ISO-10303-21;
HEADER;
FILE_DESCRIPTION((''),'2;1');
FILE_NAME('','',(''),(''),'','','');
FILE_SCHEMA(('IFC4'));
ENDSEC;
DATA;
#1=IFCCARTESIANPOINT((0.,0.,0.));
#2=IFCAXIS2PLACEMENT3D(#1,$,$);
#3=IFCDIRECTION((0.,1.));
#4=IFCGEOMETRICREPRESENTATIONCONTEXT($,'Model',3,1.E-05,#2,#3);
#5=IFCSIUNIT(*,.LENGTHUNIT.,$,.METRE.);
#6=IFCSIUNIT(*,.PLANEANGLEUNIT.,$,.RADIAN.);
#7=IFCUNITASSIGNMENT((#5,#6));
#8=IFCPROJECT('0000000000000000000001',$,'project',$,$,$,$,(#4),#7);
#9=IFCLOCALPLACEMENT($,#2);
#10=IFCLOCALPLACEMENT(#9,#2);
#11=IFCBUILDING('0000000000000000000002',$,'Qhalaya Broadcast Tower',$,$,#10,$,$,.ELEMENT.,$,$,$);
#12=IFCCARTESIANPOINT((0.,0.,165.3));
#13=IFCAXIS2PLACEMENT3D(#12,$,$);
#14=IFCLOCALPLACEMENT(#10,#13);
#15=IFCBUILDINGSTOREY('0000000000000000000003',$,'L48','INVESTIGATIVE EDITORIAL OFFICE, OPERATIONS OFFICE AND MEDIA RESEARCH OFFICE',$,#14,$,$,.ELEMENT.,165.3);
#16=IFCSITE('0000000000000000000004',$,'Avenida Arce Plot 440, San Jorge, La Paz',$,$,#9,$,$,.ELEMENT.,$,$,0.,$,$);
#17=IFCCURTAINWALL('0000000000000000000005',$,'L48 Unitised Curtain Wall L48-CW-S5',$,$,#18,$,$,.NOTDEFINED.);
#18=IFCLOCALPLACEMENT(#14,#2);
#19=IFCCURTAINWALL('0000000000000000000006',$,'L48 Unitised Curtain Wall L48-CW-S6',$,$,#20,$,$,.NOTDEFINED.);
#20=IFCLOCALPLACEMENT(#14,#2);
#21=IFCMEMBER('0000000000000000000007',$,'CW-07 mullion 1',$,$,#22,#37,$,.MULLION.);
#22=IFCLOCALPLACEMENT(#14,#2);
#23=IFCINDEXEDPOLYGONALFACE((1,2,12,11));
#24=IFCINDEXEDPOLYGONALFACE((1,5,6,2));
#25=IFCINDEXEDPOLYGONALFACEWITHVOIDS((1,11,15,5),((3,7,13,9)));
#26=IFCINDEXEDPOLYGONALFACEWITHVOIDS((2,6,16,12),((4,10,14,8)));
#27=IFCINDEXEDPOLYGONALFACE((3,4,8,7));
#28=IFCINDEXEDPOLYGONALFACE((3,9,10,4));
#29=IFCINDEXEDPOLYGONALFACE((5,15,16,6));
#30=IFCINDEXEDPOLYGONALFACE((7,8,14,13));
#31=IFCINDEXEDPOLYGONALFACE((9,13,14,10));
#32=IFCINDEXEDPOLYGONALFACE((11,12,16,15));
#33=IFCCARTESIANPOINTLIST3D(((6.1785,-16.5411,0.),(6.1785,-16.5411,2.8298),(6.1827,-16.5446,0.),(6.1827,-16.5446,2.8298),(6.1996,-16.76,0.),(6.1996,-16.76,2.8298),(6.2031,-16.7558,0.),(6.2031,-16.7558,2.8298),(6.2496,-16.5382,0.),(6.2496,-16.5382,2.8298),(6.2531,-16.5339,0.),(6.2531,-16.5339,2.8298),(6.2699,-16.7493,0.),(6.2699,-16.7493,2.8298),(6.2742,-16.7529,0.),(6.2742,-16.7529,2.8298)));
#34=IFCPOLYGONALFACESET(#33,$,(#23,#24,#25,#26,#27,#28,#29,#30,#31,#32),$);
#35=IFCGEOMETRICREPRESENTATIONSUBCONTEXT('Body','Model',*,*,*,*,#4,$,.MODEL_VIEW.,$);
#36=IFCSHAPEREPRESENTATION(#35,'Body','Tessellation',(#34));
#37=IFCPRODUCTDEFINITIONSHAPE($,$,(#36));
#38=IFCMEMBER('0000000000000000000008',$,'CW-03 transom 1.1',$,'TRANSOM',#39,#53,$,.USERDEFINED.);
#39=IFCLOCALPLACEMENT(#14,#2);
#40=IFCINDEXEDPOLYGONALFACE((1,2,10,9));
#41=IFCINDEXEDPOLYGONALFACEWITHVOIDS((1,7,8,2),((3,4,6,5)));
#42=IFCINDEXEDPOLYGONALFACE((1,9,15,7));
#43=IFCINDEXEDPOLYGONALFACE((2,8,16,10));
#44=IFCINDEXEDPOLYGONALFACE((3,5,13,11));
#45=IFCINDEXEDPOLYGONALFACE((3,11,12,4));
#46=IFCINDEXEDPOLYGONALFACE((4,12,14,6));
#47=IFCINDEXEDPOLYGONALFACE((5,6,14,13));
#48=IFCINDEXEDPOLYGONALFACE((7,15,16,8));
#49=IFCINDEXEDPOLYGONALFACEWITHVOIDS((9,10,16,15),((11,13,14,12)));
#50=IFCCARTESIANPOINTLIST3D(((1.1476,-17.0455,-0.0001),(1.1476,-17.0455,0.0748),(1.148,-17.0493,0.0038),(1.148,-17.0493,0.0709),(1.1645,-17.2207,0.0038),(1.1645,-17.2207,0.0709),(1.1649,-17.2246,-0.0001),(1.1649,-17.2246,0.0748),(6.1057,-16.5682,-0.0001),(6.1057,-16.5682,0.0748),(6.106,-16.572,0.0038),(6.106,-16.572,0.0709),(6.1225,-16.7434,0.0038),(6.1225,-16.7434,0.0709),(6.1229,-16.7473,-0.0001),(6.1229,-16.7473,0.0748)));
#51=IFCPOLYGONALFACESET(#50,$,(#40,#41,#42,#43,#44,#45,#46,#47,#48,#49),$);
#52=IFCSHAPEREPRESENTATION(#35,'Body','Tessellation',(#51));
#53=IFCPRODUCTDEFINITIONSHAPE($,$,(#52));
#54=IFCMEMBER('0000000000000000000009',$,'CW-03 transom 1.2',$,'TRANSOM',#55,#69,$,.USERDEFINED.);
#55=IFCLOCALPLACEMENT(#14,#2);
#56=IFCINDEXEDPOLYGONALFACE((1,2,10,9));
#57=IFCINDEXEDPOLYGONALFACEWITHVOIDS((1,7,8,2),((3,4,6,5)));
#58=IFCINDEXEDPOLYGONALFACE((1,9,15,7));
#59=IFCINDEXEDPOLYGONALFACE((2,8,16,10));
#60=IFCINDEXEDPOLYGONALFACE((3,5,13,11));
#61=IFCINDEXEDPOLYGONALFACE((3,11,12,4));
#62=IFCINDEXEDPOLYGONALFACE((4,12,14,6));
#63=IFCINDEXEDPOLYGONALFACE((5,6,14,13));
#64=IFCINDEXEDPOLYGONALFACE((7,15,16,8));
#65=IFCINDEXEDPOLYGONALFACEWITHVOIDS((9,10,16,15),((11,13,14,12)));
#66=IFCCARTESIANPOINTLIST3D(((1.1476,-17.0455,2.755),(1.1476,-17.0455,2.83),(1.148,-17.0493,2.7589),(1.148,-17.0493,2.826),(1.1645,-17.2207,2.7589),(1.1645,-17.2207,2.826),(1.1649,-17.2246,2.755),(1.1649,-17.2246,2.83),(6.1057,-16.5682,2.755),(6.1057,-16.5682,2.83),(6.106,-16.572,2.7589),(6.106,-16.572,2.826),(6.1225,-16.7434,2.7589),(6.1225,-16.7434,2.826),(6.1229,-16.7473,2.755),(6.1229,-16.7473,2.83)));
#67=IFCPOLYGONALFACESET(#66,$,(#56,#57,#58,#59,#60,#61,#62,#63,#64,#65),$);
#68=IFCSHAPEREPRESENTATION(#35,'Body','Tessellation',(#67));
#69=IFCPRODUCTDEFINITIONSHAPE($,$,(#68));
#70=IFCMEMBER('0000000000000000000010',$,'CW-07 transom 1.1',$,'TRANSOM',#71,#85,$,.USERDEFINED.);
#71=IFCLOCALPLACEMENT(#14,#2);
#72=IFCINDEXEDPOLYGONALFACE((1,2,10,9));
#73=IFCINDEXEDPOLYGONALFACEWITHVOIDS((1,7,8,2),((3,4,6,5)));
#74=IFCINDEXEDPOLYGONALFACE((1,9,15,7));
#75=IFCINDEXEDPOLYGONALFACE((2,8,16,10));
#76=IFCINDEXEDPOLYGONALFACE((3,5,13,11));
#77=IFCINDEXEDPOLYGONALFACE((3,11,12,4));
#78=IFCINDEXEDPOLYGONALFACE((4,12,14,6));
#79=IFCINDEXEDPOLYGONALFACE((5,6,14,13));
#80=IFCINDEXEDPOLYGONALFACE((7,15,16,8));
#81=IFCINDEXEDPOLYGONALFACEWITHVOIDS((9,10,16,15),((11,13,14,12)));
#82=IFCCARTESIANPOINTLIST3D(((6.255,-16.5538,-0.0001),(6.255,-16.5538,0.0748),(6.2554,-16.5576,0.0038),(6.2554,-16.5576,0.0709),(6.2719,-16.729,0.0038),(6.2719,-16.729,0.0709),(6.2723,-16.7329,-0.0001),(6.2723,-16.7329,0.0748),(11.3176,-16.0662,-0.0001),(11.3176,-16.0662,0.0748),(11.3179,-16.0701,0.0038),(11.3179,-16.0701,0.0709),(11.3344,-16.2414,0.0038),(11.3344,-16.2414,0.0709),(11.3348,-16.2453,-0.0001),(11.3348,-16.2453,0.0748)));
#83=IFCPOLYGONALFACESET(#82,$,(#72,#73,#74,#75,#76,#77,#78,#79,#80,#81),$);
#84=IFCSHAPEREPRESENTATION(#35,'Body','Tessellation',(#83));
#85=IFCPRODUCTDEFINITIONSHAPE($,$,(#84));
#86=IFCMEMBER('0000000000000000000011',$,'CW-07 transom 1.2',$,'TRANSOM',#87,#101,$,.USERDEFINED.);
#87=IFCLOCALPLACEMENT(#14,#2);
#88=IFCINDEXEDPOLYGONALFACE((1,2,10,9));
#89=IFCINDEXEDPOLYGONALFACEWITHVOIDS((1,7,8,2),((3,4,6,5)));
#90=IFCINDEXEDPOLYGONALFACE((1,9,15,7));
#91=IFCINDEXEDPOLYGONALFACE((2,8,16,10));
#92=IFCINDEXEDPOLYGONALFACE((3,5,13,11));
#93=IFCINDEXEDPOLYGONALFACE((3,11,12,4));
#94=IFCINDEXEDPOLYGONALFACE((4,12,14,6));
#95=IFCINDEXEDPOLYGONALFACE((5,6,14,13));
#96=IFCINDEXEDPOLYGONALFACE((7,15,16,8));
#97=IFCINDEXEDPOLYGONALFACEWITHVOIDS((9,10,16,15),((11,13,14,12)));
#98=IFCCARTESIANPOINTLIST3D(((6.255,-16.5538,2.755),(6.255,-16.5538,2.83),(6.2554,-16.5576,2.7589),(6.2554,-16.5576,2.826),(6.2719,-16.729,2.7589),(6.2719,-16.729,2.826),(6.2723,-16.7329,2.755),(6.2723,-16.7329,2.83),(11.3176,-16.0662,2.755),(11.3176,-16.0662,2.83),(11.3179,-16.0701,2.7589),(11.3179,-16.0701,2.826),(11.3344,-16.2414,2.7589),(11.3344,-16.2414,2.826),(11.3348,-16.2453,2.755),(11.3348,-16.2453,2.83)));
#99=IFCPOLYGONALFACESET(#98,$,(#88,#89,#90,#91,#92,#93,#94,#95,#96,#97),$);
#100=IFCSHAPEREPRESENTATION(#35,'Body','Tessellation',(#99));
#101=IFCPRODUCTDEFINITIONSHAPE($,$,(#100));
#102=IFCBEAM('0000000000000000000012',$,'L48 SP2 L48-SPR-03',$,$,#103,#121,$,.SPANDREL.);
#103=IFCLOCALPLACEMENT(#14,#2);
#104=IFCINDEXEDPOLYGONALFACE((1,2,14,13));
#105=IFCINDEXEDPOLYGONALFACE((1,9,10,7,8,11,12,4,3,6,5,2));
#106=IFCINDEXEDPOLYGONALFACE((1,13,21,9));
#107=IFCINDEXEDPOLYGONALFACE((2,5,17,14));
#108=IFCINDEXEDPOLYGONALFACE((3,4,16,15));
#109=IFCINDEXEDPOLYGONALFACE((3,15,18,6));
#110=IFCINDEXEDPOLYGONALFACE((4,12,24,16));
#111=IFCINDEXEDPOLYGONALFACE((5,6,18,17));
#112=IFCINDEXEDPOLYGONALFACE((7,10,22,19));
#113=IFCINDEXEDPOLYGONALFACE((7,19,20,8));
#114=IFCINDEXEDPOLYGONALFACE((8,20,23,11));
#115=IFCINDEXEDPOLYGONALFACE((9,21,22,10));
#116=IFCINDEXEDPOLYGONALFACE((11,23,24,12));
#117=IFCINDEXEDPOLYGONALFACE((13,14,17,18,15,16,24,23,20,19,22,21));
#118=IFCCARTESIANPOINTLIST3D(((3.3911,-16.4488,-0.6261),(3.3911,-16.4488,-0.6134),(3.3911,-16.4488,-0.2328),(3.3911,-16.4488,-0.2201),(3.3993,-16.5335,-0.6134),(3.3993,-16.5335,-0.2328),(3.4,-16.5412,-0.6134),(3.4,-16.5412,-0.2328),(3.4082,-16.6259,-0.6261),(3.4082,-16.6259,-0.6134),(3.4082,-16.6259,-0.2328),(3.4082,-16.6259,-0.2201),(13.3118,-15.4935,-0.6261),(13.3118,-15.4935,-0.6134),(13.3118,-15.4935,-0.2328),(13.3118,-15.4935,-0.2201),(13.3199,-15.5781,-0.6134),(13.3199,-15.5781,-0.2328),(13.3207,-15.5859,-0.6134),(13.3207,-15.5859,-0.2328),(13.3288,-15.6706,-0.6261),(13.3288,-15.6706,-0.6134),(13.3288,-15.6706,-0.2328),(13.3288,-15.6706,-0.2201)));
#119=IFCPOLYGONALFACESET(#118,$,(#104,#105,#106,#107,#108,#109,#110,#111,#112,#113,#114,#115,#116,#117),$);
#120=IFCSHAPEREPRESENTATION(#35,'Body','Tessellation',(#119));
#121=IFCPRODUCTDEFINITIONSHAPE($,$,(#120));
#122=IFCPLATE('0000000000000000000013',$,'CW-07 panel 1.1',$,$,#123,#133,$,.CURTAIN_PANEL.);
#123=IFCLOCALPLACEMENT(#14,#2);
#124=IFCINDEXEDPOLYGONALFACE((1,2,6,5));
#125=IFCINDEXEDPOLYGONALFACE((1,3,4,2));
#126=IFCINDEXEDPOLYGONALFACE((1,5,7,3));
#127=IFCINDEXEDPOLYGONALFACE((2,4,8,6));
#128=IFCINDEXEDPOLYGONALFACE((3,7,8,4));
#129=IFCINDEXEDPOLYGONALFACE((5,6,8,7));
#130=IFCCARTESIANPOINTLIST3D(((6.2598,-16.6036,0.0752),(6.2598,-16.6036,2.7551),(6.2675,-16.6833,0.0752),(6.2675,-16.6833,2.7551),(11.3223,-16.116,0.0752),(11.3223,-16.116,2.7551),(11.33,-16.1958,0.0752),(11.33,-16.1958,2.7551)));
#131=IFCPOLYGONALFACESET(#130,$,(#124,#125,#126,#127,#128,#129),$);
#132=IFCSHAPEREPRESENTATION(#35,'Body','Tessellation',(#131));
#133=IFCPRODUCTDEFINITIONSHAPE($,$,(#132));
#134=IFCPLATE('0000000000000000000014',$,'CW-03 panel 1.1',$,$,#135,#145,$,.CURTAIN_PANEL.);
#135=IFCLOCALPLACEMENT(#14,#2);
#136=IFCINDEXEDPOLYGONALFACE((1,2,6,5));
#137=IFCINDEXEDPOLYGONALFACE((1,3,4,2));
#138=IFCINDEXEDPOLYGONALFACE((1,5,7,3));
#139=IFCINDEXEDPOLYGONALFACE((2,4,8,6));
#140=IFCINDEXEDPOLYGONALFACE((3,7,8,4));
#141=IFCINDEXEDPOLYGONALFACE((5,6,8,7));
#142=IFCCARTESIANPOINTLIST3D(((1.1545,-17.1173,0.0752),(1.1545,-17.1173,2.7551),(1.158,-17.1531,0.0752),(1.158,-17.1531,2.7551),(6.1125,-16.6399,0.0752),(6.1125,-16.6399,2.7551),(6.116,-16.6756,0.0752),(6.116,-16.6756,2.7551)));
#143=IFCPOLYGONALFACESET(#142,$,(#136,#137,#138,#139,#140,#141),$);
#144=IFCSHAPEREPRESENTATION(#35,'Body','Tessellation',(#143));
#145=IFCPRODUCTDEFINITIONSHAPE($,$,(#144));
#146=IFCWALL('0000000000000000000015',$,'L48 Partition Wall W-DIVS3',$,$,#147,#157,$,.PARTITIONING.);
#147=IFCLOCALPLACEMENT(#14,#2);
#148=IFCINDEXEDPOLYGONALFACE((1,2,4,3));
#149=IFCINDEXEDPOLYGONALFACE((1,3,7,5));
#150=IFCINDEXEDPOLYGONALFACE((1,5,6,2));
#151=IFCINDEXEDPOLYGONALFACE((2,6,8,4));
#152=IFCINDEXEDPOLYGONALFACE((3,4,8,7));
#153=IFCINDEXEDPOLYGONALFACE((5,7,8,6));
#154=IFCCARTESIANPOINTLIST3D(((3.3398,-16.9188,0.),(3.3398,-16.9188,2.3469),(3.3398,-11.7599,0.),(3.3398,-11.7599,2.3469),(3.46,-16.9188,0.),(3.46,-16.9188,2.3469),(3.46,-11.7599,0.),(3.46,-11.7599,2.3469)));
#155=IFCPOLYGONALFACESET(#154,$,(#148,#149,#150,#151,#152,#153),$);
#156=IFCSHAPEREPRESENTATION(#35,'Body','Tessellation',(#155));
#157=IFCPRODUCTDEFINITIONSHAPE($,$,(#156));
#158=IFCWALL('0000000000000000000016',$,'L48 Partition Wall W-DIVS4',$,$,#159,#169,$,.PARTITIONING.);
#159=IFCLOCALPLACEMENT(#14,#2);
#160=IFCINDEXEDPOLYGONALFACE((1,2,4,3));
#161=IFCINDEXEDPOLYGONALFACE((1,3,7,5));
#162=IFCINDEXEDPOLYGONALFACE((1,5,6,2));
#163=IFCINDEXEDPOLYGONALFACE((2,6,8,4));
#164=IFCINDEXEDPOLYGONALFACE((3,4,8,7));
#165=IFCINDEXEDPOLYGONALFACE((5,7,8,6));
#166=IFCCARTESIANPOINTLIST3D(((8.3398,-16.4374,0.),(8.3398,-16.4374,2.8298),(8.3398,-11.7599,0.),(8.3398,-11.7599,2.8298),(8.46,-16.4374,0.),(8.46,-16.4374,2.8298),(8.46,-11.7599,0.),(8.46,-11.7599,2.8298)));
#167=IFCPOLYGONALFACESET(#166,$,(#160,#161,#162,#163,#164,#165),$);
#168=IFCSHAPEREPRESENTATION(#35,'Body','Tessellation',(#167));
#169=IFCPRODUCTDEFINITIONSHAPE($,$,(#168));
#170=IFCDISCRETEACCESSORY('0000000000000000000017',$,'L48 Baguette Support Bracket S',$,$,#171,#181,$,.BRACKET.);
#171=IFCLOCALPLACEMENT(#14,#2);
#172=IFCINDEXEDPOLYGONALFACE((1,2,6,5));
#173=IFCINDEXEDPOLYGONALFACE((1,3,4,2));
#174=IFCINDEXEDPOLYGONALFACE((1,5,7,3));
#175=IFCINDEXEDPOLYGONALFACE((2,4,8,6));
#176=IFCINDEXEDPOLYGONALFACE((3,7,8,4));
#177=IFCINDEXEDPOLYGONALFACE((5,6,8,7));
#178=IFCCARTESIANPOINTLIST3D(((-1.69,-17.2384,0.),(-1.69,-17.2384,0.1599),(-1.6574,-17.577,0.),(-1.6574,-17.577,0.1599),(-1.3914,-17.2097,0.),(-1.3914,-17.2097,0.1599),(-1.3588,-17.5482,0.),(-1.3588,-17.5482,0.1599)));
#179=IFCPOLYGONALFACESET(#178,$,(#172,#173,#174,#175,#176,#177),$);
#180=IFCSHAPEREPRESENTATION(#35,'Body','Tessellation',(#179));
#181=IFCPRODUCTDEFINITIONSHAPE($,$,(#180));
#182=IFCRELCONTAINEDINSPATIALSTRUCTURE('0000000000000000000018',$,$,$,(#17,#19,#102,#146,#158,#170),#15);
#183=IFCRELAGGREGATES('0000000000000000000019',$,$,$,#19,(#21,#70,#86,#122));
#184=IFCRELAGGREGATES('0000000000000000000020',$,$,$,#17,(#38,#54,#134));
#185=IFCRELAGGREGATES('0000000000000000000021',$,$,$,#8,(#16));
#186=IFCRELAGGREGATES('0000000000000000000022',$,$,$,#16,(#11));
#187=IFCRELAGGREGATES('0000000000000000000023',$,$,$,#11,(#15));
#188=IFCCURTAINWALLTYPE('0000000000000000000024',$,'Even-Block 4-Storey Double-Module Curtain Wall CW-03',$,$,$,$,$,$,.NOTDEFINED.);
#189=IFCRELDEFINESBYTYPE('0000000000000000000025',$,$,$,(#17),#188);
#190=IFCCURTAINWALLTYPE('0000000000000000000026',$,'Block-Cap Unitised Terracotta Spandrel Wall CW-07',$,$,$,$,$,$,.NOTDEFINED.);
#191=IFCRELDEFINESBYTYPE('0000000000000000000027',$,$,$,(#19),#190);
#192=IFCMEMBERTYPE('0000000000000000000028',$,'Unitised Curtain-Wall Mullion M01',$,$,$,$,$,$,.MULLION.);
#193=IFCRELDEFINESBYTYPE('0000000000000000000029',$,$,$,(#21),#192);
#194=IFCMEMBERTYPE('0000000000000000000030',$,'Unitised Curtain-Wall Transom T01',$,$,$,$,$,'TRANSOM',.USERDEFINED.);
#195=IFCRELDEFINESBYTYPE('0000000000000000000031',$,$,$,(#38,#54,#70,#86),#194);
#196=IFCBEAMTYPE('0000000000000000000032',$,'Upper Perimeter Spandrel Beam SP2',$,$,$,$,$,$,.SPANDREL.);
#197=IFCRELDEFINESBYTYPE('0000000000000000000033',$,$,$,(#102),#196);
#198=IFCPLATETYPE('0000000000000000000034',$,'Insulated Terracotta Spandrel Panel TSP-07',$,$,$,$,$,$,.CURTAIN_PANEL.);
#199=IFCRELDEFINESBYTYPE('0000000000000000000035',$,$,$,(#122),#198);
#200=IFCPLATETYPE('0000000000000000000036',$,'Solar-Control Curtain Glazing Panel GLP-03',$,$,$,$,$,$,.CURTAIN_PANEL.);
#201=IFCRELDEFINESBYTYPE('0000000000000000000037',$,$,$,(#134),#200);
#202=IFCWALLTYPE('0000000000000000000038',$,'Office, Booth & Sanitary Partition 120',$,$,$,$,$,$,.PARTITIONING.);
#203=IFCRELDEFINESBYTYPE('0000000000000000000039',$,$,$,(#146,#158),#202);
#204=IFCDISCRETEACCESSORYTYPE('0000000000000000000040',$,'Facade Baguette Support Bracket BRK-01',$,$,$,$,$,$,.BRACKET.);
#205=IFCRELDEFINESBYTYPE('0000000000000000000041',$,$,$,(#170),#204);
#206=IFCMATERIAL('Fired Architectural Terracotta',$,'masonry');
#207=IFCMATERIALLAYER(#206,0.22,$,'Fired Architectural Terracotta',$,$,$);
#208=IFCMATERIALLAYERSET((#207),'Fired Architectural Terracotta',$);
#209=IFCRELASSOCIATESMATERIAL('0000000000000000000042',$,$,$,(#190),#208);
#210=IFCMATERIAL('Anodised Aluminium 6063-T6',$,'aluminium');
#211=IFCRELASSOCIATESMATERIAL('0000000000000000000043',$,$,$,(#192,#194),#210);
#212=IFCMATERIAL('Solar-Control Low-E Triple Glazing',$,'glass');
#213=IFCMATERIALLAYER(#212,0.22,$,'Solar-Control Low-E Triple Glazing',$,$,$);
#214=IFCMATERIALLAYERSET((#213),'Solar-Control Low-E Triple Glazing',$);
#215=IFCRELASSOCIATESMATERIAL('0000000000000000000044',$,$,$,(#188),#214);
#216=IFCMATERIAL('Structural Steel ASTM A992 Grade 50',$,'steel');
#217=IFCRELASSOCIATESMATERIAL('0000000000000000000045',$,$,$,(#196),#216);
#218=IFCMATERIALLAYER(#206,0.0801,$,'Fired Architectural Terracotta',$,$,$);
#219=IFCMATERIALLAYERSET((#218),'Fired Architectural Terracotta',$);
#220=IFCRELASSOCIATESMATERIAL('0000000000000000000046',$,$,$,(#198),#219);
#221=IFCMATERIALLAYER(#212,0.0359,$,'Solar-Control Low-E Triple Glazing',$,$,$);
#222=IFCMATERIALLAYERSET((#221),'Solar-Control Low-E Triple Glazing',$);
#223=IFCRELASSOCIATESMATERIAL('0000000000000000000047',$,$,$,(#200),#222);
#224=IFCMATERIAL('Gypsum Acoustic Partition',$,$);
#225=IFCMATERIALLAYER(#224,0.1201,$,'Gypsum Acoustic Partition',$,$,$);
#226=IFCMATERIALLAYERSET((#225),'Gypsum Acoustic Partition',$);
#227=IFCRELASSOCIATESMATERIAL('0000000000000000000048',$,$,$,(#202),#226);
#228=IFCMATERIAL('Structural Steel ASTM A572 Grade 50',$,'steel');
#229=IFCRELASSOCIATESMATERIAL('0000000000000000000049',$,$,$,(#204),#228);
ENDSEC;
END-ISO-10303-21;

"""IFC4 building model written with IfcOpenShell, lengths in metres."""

from ifc_helpers import new_model, si_unit, direction, frame, frame_2d, origin, origin_2d, place, context, subcontext, project, spatial, rectangle, hollow_rectangle, i_section, extrude, material, layer, layer_set, material_profile, profile_set, type_object, element, aggregate, save


model = new_model("IFC4")

# Units and contexts
model_context = context("Model", 3, precision=1e-05, world=origin(), true_north=direction((0.0, 1.0)))
body_context = subcontext(model_context, "Body", "Model", "MODEL_VIEW")
ifc_project = project(units=[si_unit("LENGTHUNIT", "METRE"), si_unit("PLANEANGLEUNIT", "RADIAN")], contexts=[model_context])

# Site, building, storey
site_placement = place(None, origin())
site = spatial("IfcSite", under=ifc_project, at=site_placement, Name="Avenida Arce Plot 440, San Jorge, La Paz", CompositionType="ELEMENT", RefElevation=0.0)
building_placement = place(site_placement, origin())
building = spatial("IfcBuilding", under=site, at=building_placement, Name="Qhalaya Broadcast Tower", CompositionType="ELEMENT")
storey_placement = place(building_placement, frame((0.0, 0.0, 165.3)))
storey = spatial("IfcBuildingStorey", under=building, at=storey_placement, Name="L48", Description="INVESTIGATIVE EDITORIAL OFFICE, OPERATIONS OFFICE AND MEDIA RESEARCH OFFICE", CompositionType="ELEMENT", Elevation=165.3)

# Shared definitions
ifc_material_1 = material(Name="Structural Steel ASTM A572 Grade 50", Category="steel")

# Shared definitions
ifc_material_2 = material(Name="Structural Steel ASTM A992 Grade 50", Category="steel")

# Shared definitions
ifc_material_3 = material(Name="Fired Architectural Terracotta", Category="masonry")
ifc_layer_1 = layer(ifc_material_3, 0.22, Name="Fired Architectural Terracotta")
ifc_layer_set_1 = layer_set([ifc_layer_1], Name="Fired Architectural Terracotta")
curtain_wall_type_1 = type_object("IfcCurtainWallType", Name="Block-Cap Unitised Terracotta Spandrel Wall CW-07", PredefinedType="NOTDEFINED", material=ifc_layer_set_1)
ifc_material_4 = material(Name="Anodised Aluminium 6063-T6", Category="aluminium")
ifc_material_profile_1 = material_profile(ifc_material_4, hollow_rectangle(XDim=0.075, YDim=0.22, WallThickness=0.0039, at=origin_2d()), Name="ALU-MUL 75x220x4")
ifc_profile_set_1 = profile_set([ifc_material_profile_1], Name="Anodised Aluminium 6063-T6")
member_type_1 = type_object("IfcMemberType", Name="Unitised Curtain-Wall Mullion M01", PredefinedType="MULLION", material=ifc_profile_set_1)

# Curtain wall
ifc_material_5 = material(Name="Solar-Control Low-E Triple Glazing", Category="glass")
ifc_layer_2 = layer(ifc_material_5, 0.22, Name="Solar-Control Low-E Triple Glazing")
ifc_layer_set_2 = layer_set([ifc_layer_2], Name="Solar-Control Low-E Triple Glazing")
curtain_wall_type_2 = type_object("IfcCurtainWallType", Name="Even-Block 4-Storey Double-Module Curtain Wall CW-03", PredefinedType="NOTDEFINED", material=ifc_layer_set_2)
curtain_wall_1_placement = place(storey_placement, origin())
curtain_wall_1 = element("IfcCurtainWall", 1, at=curtain_wall_1_placement, inside=storey, type_object=curtain_wall_type_2, Name="L48 Unitised Curtain Wall L48-CW-S5", PredefinedType="NOTDEFINED")

# Curtain wall, member
curtain_wall_2_placement = place(storey_placement, origin())
curtain_wall_2 = element("IfcCurtainWall", 2, at=curtain_wall_2_placement, inside=storey, type_object=curtain_wall_type_1, Name="L48 Unitised Curtain Wall L48-CW-S6", PredefinedType="NOTDEFINED")
member_1_placement = place(storey_placement, frame((6.2263, -16.647, 0.0), z_axis=(0.0, 0.0, 1.0), x_axis=(0.995395, 0.095855, 0.0)))
member_1 = element("IfcMember", 3, at=member_1_placement, type_object=member_type_1, Name="CW-07 mullion 1", PredefinedType="MULLION", context=body_context, shape_type="SweptSolid", body=[
    extrude(hollow_rectangle(XDim=0.075, YDim=0.22, WallThickness=0.0039, at=origin_2d()), origin(), (0.0, 0.0, 1.0), 2.8298),
])

# Members
ifc_material_profile_2 = material_profile(ifc_material_4, hollow_rectangle(XDim=0.075, YDim=0.1799, WallThickness=0.0039, at=origin_2d()), Name="ALU-TRN 75x180x4")
ifc_profile_set_2 = profile_set([ifc_material_profile_2], Name="Anodised Aluminium 6063-T6")
member_type_2 = type_object("IfcMemberType", Name="Unitised Curtain-Wall Transom T01", ElementType="TRANSOM", PredefinedType="USERDEFINED", material=ifc_profile_set_2)
member_2_placement = place(storey_placement, frame((1.1562, -17.135, 0.0374), z_axis=(0.995398, 0.095824, 0.0), x_axis=(0.0, 0.0, 1.0)))
member_2 = element("IfcMember", 4, at=member_2_placement, type_object=member_type_2, Name="CW-03 transom 1.1", ObjectType="TRANSOM", PredefinedType="USERDEFINED", context=body_context, shape_type="SweptSolid", body=[
    extrude(hollow_rectangle(XDim=0.075, YDim=0.1799, WallThickness=0.0039, at=origin_2d()), origin(), (0.0, 0.0, 1.0), 4.981),
])
member_3_placement = place(storey_placement, frame((1.1562, -17.135, 2.7925), z_axis=(0.995398, 0.095824, 0.0), x_axis=(0.0, 0.0, 1.0)))
member_3 = element("IfcMember", 5, at=member_3_placement, type_object=member_type_2, Name="CW-03 transom 1.2", ObjectType="TRANSOM", PredefinedType="USERDEFINED", context=body_context, shape_type="SweptSolid", body=[
    extrude(hollow_rectangle(XDim=0.075, YDim=0.1799, WallThickness=0.0039, at=origin_2d()), origin(), (0.0, 0.0, 1.0), 4.981),
])
member_4_placement = place(storey_placement, frame((6.2637, -16.6433, 0.0374), z_axis=(0.995395, 0.095862, 0.0), x_axis=(0.0, 0.0, 1.0)))
member_4 = element("IfcMember", 6, at=member_4_placement, type_object=member_type_2, Name="CW-07 transom 1.1", ObjectType="TRANSOM", PredefinedType="USERDEFINED", context=body_context, shape_type="SweptSolid", body=[
    extrude(hollow_rectangle(XDim=0.075, YDim=0.1799, WallThickness=0.0039, at=origin_2d()), origin(), (0.0, 0.0, 1.0), 5.0859),
])
member_5_placement = place(storey_placement, frame((6.2637, -16.6433, 2.7925), z_axis=(0.995395, 0.095862, 0.0), x_axis=(0.0, 0.0, 1.0)))
member_5 = element("IfcMember", 7, at=member_5_placement, type_object=member_type_2, Name="CW-07 transom 1.2", ObjectType="TRANSOM", PredefinedType="USERDEFINED", context=body_context, shape_type="SweptSolid", body=[
    extrude(hollow_rectangle(XDim=0.075, YDim=0.1799, WallThickness=0.0039, at=origin_2d()), origin(), (0.0, 0.0, 1.0), 5.0859),
])

# Beam
ifc_material_profile_3 = material_profile(ifc_material_2, i_section(OverallWidth=0.178, OverallDepth=0.406, WebThickness=0.0078, FlangeThickness=0.0127, at=origin_2d()), Name="W16X40")
ifc_profile_set_3 = profile_set([ifc_material_profile_3], Name="Structural Steel ASTM A992 Grade 50")
beam_type_1 = type_object("IfcBeamType", Name="Upper Perimeter Spandrel Beam SP2", PredefinedType="SPANDREL", material=ifc_profile_set_3)
beam_1_placement = place(storey_placement, frame((3.3997, -16.5374, -0.4231), z_axis=(0.995396, 0.095853, 0.0), x_axis=(-0.095853, 0.995396, 0.0)))
element("IfcBeam", 8, at=beam_1_placement, inside=storey, type_object=beam_type_1, Name="L48 SP2 L48-SPR-03", PredefinedType="SPANDREL", context=body_context, shape_type="SweptSolid", body=[
    extrude(i_section(OverallWidth=0.178, OverallDepth=0.406, WebThickness=0.0078, FlangeThickness=0.0127, at=origin_2d()), origin(), (0.0, 0.0, 1.0), 9.9666),
])

# Plates
ifc_layer_3 = layer(ifc_material_3, 0.0801, Name="Fired Architectural Terracotta")
ifc_layer_set_3 = layer_set([ifc_layer_3], Name="Fired Architectural Terracotta")
plate_type_1 = type_object("IfcPlateType", Name="Insulated Terracotta Spandrel Panel TSP-07", PredefinedType="CURTAIN_PANEL", material=ifc_layer_set_3)
plate_1_placement = place(storey_placement, frame((8.7949, -16.3997, 0.0752), z_axis=(0.0, 0.0, 1.0), x_axis=(0.995395, 0.095855, 0.0)))
plate_1 = element("IfcPlate", 9, at=plate_1_placement, type_object=plate_type_1, Name="CW-07 panel 1.1", PredefinedType="CURTAIN_PANEL", context=body_context, shape_type="SweptSolid", body=[
    extrude(rectangle(XDim=5.0859, YDim=0.0801, at=origin_2d()), origin(), (0.0, 0.0, 1.0), 2.6799),
])
aggregate(curtain_wall_2, [member_1, member_4, member_5, plate_1])
ifc_layer_4 = layer(ifc_material_5, 0.0359, Name="Solar-Control Low-E Triple Glazing")
ifc_layer_set_4 = layer_set([ifc_layer_4], Name="Solar-Control Low-E Triple Glazing")
plate_type_2 = type_object("IfcPlateType", Name="Solar-Control Curtain Glazing Panel GLP-03", PredefinedType="CURTAIN_PANEL", material=ifc_layer_set_4)
plate_2_placement = place(storey_placement, frame((3.6353, -16.8965, 0.0752), z_axis=(0.0, 0.0, 1.0), x_axis=(0.995396, 0.095848, 0.0)))
plate_2 = element("IfcPlate", 10, at=plate_2_placement, type_object=plate_type_2, Name="CW-03 panel 1.1", PredefinedType="CURTAIN_PANEL", context=body_context, shape_type="SweptSolid", body=[
    extrude(rectangle(XDim=4.981, YDim=0.0359, at=origin_2d()), origin(), (0.0, 0.0, 1.0), 2.6799),
])
aggregate(curtain_wall_1, [member_2, member_3, plate_2])

# Walls
ifc_material_6 = material(Name="Gypsum Acoustic Partition")
ifc_layer_5 = layer(ifc_material_6, 0.1201, Name="Gypsum Acoustic Partition")
ifc_layer_set_5 = layer_set([ifc_layer_5], Name="Gypsum Acoustic Partition")
wall_type = type_object("IfcWallType", Name="Office, Booth & Sanitary Partition 120", PredefinedType="PARTITIONING", material=ifc_layer_set_5)
wall_1_placement = place(storey_placement, frame((3.3999, -16.9189, 0.0), z_axis=(0.0, 0.0, 1.0), x_axis=(0.0, 1.0, 0.0)))
element("IfcWall", 11, at=wall_1_placement, inside=storey, type_object=wall_type, Name="L48 Partition Wall W-DIVS3", PredefinedType="PARTITIONING", context=body_context, shape_type="SweptSolid", body=[
    extrude(rectangle(XDim=5.1589, YDim=0.1201, at=frame_2d((2.5796, 0.0))), origin(), (0.0, 0.0, 1.0), 2.3469),
])
wall_2_placement = place(storey_placement, frame((8.3999, -16.4375, 0.0), z_axis=(0.0, 0.0, 1.0), x_axis=(0.0, 1.0, 0.0)))
element("IfcWall", 12, at=wall_2_placement, inside=storey, type_object=wall_type, Name="L48 Partition Wall W-DIVS4", PredefinedType="PARTITIONING", context=body_context, shape_type="SweptSolid", body=[
    extrude(rectangle(XDim=4.6775, YDim=0.1201, at=frame_2d((2.3389, 0.0))), origin(), (0.0, 0.0, 1.0), 2.8298),
])

# Discrete accessory
discrete_accessory_type = type_object("IfcDiscreteAccessoryType", Name="Facade Baguette Support Bracket BRK-01", PredefinedType="BRACKET", material=ifc_material_1)
discrete_accessory_placement = place(storey_placement, frame((-1.5244, -17.3933, 0.0), z_axis=(0.0, 0.0, 1.0), x_axis=(0.995396, 0.095846, 0.0)))
element("IfcDiscreteAccessory", 13, at=discrete_accessory_placement, inside=storey, type_object=discrete_accessory_type, Name="L48 Baguette Support Bracket S", PredefinedType="BRACKET", context=body_context, shape_type="SweptSolid", body=[
    extrude(rectangle(XDim=0.3, YDim=0.3401, at=origin_2d()), origin(), (0.0, 0.0, 1.0), 0.1599),
])

save(model, "model.ifc")
